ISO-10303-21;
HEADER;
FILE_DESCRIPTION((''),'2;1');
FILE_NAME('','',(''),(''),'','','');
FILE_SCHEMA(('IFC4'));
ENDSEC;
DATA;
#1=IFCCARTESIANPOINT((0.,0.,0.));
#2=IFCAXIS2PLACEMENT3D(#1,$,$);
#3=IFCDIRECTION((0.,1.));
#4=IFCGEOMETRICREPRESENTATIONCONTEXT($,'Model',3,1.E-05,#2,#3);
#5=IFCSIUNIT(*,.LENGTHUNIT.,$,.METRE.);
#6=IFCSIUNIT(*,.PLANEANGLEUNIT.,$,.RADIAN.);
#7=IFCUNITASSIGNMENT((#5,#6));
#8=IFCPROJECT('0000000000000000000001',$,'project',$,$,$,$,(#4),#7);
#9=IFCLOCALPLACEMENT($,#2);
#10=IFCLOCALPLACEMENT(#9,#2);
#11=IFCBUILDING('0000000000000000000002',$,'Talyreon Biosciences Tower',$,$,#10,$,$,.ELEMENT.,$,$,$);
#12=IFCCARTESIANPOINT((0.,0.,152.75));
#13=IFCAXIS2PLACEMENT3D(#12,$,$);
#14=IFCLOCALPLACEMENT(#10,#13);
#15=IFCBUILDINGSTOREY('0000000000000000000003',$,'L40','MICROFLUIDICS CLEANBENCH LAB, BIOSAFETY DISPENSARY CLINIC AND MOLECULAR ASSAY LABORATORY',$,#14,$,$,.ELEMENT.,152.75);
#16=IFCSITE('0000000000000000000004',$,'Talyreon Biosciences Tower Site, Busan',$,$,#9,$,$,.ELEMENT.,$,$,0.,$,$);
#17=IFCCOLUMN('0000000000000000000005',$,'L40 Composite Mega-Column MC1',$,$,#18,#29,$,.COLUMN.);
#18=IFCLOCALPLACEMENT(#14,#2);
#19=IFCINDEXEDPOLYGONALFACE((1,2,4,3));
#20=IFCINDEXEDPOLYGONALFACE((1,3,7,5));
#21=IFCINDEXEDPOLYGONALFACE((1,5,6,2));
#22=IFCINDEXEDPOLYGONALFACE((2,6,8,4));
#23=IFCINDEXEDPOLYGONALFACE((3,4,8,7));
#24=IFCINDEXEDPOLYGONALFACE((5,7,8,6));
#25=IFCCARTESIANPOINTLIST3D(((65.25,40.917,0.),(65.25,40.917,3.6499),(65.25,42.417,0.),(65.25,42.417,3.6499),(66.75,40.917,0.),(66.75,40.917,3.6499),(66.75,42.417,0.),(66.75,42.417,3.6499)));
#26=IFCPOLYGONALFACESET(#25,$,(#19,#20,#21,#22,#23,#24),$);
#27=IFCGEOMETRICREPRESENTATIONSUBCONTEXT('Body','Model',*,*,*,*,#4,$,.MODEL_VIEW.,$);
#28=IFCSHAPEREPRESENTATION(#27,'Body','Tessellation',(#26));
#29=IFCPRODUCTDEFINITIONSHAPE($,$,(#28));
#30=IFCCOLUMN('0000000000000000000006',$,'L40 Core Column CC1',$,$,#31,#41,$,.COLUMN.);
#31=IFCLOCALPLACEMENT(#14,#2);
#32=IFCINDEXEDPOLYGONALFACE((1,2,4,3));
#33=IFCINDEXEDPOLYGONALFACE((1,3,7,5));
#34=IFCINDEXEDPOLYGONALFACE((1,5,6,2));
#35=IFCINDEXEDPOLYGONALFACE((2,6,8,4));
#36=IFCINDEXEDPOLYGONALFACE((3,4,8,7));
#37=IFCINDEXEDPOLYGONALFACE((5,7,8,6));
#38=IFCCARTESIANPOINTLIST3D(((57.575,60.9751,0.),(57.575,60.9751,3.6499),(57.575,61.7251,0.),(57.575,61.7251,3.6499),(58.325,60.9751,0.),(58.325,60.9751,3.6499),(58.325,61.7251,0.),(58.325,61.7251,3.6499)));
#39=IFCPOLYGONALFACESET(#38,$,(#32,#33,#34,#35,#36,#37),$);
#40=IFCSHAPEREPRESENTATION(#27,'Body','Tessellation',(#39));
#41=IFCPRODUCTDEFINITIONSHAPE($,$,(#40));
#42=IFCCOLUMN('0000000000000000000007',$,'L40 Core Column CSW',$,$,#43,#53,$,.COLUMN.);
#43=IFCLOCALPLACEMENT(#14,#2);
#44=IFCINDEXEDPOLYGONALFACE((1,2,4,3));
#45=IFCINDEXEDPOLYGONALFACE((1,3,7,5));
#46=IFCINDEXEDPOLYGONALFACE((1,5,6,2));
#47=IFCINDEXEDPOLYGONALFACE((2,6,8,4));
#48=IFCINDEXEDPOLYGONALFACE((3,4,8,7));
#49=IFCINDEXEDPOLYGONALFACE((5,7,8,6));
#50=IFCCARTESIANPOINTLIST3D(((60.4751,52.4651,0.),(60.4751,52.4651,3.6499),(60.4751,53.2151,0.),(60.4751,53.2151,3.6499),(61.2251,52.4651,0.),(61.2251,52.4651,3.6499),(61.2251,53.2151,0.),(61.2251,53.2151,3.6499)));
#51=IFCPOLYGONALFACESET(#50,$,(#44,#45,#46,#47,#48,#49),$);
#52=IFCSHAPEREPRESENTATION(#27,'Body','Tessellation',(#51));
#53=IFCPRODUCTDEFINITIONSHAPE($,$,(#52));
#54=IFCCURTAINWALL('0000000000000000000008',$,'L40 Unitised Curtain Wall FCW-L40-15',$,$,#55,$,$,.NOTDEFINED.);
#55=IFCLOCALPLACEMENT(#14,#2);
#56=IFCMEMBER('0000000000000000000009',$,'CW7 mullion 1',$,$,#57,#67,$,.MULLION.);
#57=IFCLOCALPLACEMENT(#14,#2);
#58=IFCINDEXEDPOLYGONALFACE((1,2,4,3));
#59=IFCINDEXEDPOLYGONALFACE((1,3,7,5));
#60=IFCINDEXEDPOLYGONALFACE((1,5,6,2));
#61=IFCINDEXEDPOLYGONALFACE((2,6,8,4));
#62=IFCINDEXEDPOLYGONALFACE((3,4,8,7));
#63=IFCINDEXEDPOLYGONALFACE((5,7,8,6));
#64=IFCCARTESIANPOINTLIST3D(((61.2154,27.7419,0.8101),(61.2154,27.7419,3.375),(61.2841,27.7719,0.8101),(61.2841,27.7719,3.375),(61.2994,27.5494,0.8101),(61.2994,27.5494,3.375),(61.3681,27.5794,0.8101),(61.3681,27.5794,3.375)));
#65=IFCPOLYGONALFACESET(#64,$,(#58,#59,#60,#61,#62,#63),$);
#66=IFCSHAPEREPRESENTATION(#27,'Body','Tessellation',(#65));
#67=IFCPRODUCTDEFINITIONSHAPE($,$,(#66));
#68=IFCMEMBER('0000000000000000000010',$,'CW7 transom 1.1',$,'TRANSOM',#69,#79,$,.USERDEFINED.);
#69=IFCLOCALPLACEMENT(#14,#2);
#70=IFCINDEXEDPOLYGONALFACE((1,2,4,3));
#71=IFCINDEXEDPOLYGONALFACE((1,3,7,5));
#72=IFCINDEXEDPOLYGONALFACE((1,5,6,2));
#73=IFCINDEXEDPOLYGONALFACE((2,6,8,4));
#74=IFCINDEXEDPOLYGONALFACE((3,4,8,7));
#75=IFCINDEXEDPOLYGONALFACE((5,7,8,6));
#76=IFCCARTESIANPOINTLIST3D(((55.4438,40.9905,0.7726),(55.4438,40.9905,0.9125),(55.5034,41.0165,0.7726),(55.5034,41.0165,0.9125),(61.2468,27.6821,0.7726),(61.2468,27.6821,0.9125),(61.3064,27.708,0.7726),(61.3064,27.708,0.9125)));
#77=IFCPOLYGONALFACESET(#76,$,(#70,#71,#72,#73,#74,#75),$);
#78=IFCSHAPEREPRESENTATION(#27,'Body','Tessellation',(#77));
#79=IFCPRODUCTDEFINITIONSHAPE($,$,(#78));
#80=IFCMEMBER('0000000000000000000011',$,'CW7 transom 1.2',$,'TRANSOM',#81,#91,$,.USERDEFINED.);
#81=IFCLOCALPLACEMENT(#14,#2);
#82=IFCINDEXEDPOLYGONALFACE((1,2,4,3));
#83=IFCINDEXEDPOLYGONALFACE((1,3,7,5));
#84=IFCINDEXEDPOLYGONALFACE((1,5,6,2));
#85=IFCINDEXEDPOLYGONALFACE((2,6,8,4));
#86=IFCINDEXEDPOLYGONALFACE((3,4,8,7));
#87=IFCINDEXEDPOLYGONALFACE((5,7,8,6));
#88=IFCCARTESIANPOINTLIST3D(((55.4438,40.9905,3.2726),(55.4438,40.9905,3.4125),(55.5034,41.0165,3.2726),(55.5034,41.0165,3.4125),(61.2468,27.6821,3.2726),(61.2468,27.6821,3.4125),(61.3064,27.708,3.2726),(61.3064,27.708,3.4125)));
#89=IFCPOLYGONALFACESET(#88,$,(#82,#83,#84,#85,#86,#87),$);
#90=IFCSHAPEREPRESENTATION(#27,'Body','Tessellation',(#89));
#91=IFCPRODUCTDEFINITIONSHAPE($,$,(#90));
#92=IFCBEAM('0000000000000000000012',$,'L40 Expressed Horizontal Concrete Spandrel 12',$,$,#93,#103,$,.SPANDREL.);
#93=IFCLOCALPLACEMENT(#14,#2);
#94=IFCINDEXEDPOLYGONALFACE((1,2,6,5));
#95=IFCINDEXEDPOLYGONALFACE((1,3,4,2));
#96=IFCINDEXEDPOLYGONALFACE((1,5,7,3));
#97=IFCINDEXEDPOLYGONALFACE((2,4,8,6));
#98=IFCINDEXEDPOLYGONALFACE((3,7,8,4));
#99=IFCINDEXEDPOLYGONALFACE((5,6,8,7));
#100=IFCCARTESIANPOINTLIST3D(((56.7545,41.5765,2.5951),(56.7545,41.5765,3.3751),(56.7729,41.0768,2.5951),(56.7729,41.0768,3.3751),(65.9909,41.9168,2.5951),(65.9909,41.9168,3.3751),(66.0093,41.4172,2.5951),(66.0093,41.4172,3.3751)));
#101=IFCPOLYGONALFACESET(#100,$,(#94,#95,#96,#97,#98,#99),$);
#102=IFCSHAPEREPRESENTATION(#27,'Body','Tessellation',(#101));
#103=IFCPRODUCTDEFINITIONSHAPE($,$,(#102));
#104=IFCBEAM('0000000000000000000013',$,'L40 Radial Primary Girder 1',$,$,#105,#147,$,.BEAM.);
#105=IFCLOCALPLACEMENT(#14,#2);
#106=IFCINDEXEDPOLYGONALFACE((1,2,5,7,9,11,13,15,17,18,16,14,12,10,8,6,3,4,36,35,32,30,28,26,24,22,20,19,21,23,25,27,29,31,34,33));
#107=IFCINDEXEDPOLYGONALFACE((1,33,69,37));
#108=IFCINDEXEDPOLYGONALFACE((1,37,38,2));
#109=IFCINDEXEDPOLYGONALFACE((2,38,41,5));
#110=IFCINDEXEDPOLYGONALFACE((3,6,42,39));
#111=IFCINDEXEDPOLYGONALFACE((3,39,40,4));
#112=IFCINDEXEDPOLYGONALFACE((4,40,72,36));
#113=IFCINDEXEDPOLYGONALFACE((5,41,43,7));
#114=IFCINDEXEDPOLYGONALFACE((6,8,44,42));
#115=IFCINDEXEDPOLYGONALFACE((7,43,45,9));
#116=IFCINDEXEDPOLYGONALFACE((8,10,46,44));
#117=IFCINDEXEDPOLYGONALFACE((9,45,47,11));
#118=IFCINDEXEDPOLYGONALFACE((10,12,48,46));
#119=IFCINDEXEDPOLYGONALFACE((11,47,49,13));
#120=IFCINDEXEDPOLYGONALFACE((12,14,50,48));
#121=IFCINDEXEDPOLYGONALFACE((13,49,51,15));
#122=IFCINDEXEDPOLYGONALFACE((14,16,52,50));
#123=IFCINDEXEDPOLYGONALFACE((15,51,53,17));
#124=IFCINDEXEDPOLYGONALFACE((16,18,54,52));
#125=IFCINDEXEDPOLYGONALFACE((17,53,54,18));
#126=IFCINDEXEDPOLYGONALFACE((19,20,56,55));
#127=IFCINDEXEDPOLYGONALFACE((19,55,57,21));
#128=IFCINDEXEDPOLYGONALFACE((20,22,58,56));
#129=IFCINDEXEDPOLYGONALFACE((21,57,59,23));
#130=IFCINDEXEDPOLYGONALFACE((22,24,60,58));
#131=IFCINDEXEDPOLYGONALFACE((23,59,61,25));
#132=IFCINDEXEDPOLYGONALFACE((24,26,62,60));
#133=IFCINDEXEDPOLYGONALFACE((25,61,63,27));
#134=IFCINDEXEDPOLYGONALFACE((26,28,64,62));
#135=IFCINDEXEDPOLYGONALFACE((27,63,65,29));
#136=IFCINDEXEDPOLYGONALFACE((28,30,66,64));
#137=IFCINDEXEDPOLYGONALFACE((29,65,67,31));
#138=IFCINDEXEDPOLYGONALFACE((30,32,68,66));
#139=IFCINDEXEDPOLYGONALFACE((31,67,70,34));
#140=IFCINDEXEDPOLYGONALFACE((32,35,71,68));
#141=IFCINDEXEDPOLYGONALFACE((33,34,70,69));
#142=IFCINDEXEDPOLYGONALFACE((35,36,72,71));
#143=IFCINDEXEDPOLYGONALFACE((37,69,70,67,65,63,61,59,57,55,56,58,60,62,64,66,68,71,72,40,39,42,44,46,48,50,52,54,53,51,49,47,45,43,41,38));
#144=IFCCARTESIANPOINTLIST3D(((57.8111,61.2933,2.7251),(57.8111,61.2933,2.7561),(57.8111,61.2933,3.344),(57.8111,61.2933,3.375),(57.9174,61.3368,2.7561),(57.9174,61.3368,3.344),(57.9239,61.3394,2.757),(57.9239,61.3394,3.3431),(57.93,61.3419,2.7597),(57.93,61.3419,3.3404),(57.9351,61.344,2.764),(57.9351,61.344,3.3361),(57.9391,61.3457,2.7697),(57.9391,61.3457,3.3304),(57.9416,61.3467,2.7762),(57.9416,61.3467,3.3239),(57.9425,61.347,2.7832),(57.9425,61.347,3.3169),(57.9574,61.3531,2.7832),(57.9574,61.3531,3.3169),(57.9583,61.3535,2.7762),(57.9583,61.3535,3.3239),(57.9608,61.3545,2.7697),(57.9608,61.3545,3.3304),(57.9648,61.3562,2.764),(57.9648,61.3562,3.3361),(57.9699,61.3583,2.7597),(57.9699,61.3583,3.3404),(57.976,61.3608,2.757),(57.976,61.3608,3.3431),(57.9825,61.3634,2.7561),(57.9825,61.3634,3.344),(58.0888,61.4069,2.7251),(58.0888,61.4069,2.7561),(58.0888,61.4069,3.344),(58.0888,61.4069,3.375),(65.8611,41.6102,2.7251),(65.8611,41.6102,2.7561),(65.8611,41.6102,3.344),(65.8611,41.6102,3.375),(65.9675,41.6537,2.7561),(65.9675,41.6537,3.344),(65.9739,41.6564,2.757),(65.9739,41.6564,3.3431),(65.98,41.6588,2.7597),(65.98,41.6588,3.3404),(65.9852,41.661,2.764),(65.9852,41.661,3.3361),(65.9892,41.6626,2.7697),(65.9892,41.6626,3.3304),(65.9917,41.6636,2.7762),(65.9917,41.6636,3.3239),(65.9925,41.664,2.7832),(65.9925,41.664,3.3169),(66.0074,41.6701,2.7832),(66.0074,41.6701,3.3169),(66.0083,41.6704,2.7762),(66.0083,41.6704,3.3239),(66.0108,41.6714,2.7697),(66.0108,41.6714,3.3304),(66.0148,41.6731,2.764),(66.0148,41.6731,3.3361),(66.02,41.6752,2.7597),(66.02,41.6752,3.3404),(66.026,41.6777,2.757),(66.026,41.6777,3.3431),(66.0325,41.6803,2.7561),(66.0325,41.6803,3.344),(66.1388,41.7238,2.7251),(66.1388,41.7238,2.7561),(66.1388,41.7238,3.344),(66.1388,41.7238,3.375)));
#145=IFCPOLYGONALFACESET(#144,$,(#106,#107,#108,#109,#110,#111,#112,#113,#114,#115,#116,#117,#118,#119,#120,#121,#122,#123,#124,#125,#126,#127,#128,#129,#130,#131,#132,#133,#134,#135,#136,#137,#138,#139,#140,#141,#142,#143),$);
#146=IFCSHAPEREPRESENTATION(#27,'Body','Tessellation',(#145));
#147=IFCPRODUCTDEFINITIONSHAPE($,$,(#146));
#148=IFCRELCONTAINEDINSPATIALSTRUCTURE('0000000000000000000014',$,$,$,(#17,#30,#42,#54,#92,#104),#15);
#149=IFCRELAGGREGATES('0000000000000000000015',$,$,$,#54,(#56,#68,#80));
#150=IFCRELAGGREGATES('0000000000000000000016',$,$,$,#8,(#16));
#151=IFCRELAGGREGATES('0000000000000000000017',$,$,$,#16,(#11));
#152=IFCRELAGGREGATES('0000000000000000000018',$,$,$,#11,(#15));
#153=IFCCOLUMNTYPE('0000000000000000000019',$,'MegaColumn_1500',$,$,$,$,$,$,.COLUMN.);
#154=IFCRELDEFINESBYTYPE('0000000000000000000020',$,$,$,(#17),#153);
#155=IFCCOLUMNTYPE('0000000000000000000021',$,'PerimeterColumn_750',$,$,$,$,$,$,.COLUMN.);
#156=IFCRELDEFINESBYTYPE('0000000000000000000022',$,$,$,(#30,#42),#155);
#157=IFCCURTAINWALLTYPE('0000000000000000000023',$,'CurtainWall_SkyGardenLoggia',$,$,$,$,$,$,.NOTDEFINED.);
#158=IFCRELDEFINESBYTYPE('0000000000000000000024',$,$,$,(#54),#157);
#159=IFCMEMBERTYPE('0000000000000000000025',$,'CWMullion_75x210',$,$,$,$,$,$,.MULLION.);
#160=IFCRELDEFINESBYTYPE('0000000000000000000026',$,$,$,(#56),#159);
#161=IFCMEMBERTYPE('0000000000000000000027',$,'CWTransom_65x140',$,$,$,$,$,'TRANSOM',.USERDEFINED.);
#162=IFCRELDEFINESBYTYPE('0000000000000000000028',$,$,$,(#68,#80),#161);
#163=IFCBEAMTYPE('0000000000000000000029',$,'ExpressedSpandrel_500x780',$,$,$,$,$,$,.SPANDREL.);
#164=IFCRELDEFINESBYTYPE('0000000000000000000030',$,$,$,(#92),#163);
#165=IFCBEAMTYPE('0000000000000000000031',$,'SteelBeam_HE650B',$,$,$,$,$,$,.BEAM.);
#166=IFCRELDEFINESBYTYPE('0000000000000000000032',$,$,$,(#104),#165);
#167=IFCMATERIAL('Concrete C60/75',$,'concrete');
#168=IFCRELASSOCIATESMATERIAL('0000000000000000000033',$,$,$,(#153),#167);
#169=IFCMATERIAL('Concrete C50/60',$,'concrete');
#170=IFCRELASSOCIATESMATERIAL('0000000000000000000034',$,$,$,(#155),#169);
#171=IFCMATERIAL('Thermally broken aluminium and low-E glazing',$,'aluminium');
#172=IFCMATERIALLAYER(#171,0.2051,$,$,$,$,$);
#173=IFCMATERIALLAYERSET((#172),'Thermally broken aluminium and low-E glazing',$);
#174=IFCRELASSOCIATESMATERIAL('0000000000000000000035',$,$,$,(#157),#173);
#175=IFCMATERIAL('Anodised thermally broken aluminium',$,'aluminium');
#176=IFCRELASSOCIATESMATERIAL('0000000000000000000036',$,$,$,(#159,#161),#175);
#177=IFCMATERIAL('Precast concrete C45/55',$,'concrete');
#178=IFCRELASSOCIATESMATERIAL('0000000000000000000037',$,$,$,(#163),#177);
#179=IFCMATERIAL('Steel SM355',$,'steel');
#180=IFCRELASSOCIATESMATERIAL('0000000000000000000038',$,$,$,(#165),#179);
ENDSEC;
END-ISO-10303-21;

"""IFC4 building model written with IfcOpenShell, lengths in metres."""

from ifc_helpers import new_model, si_unit, direction, frame, origin, origin_2d, place, context, subcontext, project, spatial, rectangle, i_section, extrude, material, layer, layer_set, material_profile, profile_set, type_object, element, aggregate, save


model = new_model("IFC4")

# Units and contexts
model_context = context("Model", 3, precision=1e-05, world=origin(), true_north=direction((0.0, 1.0)))
body_context = subcontext(model_context, "Body", "Model", "MODEL_VIEW")
ifc_project = project(units=[si_unit("LENGTHUNIT", "METRE"), si_unit("PLANEANGLEUNIT", "RADIAN")], contexts=[model_context])

# Site, building, storey
site_placement = place(None, origin())
site = spatial("IfcSite", under=ifc_project, at=site_placement, Name="Talyreon Biosciences Tower Site, Busan", CompositionType="ELEMENT", RefElevation=0.0)
building_placement = place(site_placement, origin())
building = spatial("IfcBuilding", under=site, at=building_placement, Name="Talyreon Biosciences Tower", CompositionType="ELEMENT")
storey_placement = place(building_placement, frame((0.0, 0.0, 152.75)))
storey = spatial("IfcBuildingStorey", under=building, at=storey_placement, Name="L40", Description="MICROFLUIDICS CLEANBENCH LAB, BIOSAFETY DISPENSARY CLINIC AND MOLECULAR ASSAY LABORATORY", CompositionType="ELEMENT", Elevation=152.75)

# Columns
ifc_material_1 = material(Name="Concrete C60/75", Category="concrete")
ifc_material_profile_1 = material_profile(ifc_material_1, rectangle(XDim=1.5, YDim=1.5, at=origin_2d()), Name="RC 1500x1500")
ifc_profile_set_1 = profile_set([ifc_material_profile_1], Name="Concrete C60/75")
column_type_1 = type_object("IfcColumnType", Name="MegaColumn_1500", PredefinedType="COLUMN", material=ifc_profile_set_1)
column_placement = place(storey_placement, frame((66.0, 41.667, 0.0), z_axis=(0.0, 0.0, 1.0), x_axis=(1.0, 0.0, 0.0)))
element("IfcColumn", 1, at=column_placement, inside=storey, type_object=column_type_1, Name="L40 Composite Mega-Column MC1", PredefinedType="COLUMN", context=body_context, shape_type="SweptSolid", body=[
    extrude(rectangle(XDim=1.5, YDim=1.5, at=origin_2d()), origin(), (0.0, 0.0, 1.0), 3.6499),
])
ifc_material_2 = material(Name="Concrete C50/60", Category="concrete")
ifc_material_profile_2 = material_profile(ifc_material_2, rectangle(XDim=0.75, YDim=0.75, at=origin_2d()), Name="RC 750x750")
ifc_profile_set_2 = profile_set([ifc_material_profile_2], Name="Concrete C50/60")
column_type_2 = type_object("IfcColumnType", Name="PerimeterColumn_750", PredefinedType="COLUMN", material=ifc_profile_set_2)
for number, where, z_axis, x_axis, name in (
    (2, (57.95, 61.3501, 0.0), (0.0, 0.0, 1.0), (1.0, 0.0, 0.0), "L40 Core Column CC1"),
    (3, (60.8501, 52.8401, 0.0), (0.0, 0.0, 1.0), (1.0, 0.0, 0.0), "L40 Core Column CSW"),
):
    element("IfcColumn", number, at=place(storey_placement, frame(where, z_axis=z_axis, x_axis=x_axis)), inside=storey, type_object=column_type_2, Name=name, PredefinedType="COLUMN", context=body_context, shape_type="SweptSolid", body=[
        extrude(rectangle(XDim=0.75, YDim=0.75, at=origin_2d()), origin(), (0.0, 0.0, 1.0), 3.6499),
    ])

# Curtain wall, members
ifc_material_3 = material(Name="Thermally broken aluminium and low-E glazing", Category="aluminium")
ifc_layer_1 = layer(ifc_material_3, 0.2051)
ifc_layer_set_1 = layer_set([ifc_layer_1], Name="Thermally broken aluminium and low-E glazing")
curtain_wall_type = type_object("IfcCurtainWallType", Name="CurtainWall_SkyGardenLoggia", PredefinedType="NOTDEFINED", material=ifc_layer_set_1)
curtain_wall_placement = place(storey_placement, origin())
curtain_wall = element("IfcCurtainWall", 4, at=curtain_wall_placement, inside=storey, type_object=curtain_wall_type, Name="L40 Unitised Curtain Wall FCW-L40-15", PredefinedType="NOTDEFINED")
ifc_material_4 = material(Name="Anodised thermally broken aluminium", Category="aluminium")
ifc_material_profile_3 = material_profile(ifc_material_4, rectangle(XDim=0.075, YDim=0.21, at=origin_2d()), Name="ALUM MULLION 75x210")
ifc_profile_set_3 = profile_set([ifc_material_profile_3], Name="Anodised thermally broken aluminium")
member_type_1 = type_object("IfcMemberType", Name="CWMullion_75x210", PredefinedType="MULLION", material=ifc_profile_set_3)
member_1_placement = place(storey_placement, frame((61.2917, 27.6606, 0.8101), z_axis=(0.0, 0.0, 1.0), x_axis=(-0.916647, -0.399698, 0.0)))
member_1 = element("IfcMember", 5, at=member_1_placement, type_object=member_type_1, Name="CW7 mullion 1", PredefinedType="MULLION", context=body_context, shape_type="SweptSolid", body=[
    extrude(rectangle(XDim=0.075, YDim=0.21, at=origin_2d()), origin(), (0.0, 0.0, 1.0), 2.5649),
])
ifc_material_profile_4 = material_profile(ifc_material_4, rectangle(XDim=0.0649, YDim=0.1399, at=origin_2d()), Name="ALUM TRANSOM 65x140")
ifc_profile_set_4 = profile_set([ifc_material_profile_4], Name="Anodised thermally broken aluminium")
member_type_2 = type_object("IfcMemberType", Name="CWTransom_65x140", ElementType="TRANSOM", PredefinedType="USERDEFINED", material=ifc_profile_set_4)
member_2_placement = place(storey_placement, frame((61.2766, 27.6951, 0.8425), z_axis=(-0.399696, 0.916648, 0.0), x_axis=(-0.916648, -0.399696, 0.0)))
member_2 = element("IfcMember", 6, at=member_2_placement, type_object=member_type_2, Name="CW7 transom 1.1", ObjectType="TRANSOM", PredefinedType="USERDEFINED", context=body_context, shape_type="SweptSolid", body=[
    extrude(rectangle(XDim=0.0649, YDim=0.1399, at=origin_2d()), origin(), (0.0, 0.0, 1.0), 14.5186),
])
member_3_placement = place(storey_placement, frame((61.2766, 27.6951, 3.3425), z_axis=(-0.399696, 0.916648, 0.0), x_axis=(-0.916648, -0.399696, 0.0)))
member_3 = element("IfcMember", 7, at=member_3_placement, type_object=member_type_2, Name="CW7 transom 1.2", ObjectType="TRANSOM", PredefinedType="USERDEFINED", context=body_context, shape_type="SweptSolid", body=[
    extrude(rectangle(XDim=0.0649, YDim=0.1399, at=origin_2d()), origin(), (0.0, 0.0, 1.0), 14.5186),
])

# Beams
ifc_material_5 = material(Name="Precast concrete C45/55", Category="concrete")
ifc_material_profile_5 = material_profile(ifc_material_5, rectangle(XDim=0.5, YDim=0.78, at=origin_2d()), Name="RCB 500x780")
ifc_profile_set_5 = profile_set([ifc_material_profile_5], Name="Precast concrete C45/55")
beam_type_1 = type_object("IfcBeamType", Name="ExpressedSpandrel_500x780", PredefinedType="SPANDREL", material=ifc_profile_set_5)
beam_1_placement = place(storey_placement, frame((56.7637, 41.3267, 2.9851), z_axis=(0.999322, 0.036822, 0.0), x_axis=(-0.036822, 0.999322, 0.0)))
element("IfcBeam", 8, at=beam_1_placement, inside=storey, type_object=beam_type_1, Name="L40 Expressed Horizontal Concrete Spandrel 12", PredefinedType="SPANDREL", context=body_context, shape_type="SweptSolid", body=[
    extrude(rectangle(XDim=0.5, YDim=0.78, at=origin_2d()), origin(), (0.0, 0.0, 1.0), 9.2427),
])
ifc_material_6 = material(Name="Steel SM355", Category="steel")
ifc_material_profile_6 = material_profile(ifc_material_6, i_section(OverallWidth=0.3, OverallDepth=0.6499, WebThickness=0.0161, FlangeThickness=0.031, FilletRadius=0.0271, at=origin_2d()), Name="HE650B")
ifc_profile_set_6 = profile_set([ifc_material_profile_6], Name="Steel SM355")
beam_type_2 = type_object("IfcBeamType", Name="SteelBeam_HE650B", PredefinedType="BEAM", material=ifc_profile_set_6)
beam_2_placement = place(storey_placement, frame((57.95, 61.3501, 3.05), z_axis=(0.378547, -0.925582, 0.0), x_axis=(0.925582, 0.378547, 0.0)))
element("IfcBeam", 9, at=beam_2_placement, inside=storey, type_object=beam_type_2, Name="L40 Radial Primary Girder 1", PredefinedType="BEAM", context=body_context, shape_type="SweptSolid", body=[
    extrude(i_section(OverallWidth=0.3, OverallDepth=0.6499, WebThickness=0.0161, FlangeThickness=0.031, FilletRadius=0.0271, at=origin_2d()), origin(), (0.0, 0.0, 1.0), 21.2656),
])

aggregate(curtain_wall, [member_1, member_2, member_3])

save(model, "model.ifc")
